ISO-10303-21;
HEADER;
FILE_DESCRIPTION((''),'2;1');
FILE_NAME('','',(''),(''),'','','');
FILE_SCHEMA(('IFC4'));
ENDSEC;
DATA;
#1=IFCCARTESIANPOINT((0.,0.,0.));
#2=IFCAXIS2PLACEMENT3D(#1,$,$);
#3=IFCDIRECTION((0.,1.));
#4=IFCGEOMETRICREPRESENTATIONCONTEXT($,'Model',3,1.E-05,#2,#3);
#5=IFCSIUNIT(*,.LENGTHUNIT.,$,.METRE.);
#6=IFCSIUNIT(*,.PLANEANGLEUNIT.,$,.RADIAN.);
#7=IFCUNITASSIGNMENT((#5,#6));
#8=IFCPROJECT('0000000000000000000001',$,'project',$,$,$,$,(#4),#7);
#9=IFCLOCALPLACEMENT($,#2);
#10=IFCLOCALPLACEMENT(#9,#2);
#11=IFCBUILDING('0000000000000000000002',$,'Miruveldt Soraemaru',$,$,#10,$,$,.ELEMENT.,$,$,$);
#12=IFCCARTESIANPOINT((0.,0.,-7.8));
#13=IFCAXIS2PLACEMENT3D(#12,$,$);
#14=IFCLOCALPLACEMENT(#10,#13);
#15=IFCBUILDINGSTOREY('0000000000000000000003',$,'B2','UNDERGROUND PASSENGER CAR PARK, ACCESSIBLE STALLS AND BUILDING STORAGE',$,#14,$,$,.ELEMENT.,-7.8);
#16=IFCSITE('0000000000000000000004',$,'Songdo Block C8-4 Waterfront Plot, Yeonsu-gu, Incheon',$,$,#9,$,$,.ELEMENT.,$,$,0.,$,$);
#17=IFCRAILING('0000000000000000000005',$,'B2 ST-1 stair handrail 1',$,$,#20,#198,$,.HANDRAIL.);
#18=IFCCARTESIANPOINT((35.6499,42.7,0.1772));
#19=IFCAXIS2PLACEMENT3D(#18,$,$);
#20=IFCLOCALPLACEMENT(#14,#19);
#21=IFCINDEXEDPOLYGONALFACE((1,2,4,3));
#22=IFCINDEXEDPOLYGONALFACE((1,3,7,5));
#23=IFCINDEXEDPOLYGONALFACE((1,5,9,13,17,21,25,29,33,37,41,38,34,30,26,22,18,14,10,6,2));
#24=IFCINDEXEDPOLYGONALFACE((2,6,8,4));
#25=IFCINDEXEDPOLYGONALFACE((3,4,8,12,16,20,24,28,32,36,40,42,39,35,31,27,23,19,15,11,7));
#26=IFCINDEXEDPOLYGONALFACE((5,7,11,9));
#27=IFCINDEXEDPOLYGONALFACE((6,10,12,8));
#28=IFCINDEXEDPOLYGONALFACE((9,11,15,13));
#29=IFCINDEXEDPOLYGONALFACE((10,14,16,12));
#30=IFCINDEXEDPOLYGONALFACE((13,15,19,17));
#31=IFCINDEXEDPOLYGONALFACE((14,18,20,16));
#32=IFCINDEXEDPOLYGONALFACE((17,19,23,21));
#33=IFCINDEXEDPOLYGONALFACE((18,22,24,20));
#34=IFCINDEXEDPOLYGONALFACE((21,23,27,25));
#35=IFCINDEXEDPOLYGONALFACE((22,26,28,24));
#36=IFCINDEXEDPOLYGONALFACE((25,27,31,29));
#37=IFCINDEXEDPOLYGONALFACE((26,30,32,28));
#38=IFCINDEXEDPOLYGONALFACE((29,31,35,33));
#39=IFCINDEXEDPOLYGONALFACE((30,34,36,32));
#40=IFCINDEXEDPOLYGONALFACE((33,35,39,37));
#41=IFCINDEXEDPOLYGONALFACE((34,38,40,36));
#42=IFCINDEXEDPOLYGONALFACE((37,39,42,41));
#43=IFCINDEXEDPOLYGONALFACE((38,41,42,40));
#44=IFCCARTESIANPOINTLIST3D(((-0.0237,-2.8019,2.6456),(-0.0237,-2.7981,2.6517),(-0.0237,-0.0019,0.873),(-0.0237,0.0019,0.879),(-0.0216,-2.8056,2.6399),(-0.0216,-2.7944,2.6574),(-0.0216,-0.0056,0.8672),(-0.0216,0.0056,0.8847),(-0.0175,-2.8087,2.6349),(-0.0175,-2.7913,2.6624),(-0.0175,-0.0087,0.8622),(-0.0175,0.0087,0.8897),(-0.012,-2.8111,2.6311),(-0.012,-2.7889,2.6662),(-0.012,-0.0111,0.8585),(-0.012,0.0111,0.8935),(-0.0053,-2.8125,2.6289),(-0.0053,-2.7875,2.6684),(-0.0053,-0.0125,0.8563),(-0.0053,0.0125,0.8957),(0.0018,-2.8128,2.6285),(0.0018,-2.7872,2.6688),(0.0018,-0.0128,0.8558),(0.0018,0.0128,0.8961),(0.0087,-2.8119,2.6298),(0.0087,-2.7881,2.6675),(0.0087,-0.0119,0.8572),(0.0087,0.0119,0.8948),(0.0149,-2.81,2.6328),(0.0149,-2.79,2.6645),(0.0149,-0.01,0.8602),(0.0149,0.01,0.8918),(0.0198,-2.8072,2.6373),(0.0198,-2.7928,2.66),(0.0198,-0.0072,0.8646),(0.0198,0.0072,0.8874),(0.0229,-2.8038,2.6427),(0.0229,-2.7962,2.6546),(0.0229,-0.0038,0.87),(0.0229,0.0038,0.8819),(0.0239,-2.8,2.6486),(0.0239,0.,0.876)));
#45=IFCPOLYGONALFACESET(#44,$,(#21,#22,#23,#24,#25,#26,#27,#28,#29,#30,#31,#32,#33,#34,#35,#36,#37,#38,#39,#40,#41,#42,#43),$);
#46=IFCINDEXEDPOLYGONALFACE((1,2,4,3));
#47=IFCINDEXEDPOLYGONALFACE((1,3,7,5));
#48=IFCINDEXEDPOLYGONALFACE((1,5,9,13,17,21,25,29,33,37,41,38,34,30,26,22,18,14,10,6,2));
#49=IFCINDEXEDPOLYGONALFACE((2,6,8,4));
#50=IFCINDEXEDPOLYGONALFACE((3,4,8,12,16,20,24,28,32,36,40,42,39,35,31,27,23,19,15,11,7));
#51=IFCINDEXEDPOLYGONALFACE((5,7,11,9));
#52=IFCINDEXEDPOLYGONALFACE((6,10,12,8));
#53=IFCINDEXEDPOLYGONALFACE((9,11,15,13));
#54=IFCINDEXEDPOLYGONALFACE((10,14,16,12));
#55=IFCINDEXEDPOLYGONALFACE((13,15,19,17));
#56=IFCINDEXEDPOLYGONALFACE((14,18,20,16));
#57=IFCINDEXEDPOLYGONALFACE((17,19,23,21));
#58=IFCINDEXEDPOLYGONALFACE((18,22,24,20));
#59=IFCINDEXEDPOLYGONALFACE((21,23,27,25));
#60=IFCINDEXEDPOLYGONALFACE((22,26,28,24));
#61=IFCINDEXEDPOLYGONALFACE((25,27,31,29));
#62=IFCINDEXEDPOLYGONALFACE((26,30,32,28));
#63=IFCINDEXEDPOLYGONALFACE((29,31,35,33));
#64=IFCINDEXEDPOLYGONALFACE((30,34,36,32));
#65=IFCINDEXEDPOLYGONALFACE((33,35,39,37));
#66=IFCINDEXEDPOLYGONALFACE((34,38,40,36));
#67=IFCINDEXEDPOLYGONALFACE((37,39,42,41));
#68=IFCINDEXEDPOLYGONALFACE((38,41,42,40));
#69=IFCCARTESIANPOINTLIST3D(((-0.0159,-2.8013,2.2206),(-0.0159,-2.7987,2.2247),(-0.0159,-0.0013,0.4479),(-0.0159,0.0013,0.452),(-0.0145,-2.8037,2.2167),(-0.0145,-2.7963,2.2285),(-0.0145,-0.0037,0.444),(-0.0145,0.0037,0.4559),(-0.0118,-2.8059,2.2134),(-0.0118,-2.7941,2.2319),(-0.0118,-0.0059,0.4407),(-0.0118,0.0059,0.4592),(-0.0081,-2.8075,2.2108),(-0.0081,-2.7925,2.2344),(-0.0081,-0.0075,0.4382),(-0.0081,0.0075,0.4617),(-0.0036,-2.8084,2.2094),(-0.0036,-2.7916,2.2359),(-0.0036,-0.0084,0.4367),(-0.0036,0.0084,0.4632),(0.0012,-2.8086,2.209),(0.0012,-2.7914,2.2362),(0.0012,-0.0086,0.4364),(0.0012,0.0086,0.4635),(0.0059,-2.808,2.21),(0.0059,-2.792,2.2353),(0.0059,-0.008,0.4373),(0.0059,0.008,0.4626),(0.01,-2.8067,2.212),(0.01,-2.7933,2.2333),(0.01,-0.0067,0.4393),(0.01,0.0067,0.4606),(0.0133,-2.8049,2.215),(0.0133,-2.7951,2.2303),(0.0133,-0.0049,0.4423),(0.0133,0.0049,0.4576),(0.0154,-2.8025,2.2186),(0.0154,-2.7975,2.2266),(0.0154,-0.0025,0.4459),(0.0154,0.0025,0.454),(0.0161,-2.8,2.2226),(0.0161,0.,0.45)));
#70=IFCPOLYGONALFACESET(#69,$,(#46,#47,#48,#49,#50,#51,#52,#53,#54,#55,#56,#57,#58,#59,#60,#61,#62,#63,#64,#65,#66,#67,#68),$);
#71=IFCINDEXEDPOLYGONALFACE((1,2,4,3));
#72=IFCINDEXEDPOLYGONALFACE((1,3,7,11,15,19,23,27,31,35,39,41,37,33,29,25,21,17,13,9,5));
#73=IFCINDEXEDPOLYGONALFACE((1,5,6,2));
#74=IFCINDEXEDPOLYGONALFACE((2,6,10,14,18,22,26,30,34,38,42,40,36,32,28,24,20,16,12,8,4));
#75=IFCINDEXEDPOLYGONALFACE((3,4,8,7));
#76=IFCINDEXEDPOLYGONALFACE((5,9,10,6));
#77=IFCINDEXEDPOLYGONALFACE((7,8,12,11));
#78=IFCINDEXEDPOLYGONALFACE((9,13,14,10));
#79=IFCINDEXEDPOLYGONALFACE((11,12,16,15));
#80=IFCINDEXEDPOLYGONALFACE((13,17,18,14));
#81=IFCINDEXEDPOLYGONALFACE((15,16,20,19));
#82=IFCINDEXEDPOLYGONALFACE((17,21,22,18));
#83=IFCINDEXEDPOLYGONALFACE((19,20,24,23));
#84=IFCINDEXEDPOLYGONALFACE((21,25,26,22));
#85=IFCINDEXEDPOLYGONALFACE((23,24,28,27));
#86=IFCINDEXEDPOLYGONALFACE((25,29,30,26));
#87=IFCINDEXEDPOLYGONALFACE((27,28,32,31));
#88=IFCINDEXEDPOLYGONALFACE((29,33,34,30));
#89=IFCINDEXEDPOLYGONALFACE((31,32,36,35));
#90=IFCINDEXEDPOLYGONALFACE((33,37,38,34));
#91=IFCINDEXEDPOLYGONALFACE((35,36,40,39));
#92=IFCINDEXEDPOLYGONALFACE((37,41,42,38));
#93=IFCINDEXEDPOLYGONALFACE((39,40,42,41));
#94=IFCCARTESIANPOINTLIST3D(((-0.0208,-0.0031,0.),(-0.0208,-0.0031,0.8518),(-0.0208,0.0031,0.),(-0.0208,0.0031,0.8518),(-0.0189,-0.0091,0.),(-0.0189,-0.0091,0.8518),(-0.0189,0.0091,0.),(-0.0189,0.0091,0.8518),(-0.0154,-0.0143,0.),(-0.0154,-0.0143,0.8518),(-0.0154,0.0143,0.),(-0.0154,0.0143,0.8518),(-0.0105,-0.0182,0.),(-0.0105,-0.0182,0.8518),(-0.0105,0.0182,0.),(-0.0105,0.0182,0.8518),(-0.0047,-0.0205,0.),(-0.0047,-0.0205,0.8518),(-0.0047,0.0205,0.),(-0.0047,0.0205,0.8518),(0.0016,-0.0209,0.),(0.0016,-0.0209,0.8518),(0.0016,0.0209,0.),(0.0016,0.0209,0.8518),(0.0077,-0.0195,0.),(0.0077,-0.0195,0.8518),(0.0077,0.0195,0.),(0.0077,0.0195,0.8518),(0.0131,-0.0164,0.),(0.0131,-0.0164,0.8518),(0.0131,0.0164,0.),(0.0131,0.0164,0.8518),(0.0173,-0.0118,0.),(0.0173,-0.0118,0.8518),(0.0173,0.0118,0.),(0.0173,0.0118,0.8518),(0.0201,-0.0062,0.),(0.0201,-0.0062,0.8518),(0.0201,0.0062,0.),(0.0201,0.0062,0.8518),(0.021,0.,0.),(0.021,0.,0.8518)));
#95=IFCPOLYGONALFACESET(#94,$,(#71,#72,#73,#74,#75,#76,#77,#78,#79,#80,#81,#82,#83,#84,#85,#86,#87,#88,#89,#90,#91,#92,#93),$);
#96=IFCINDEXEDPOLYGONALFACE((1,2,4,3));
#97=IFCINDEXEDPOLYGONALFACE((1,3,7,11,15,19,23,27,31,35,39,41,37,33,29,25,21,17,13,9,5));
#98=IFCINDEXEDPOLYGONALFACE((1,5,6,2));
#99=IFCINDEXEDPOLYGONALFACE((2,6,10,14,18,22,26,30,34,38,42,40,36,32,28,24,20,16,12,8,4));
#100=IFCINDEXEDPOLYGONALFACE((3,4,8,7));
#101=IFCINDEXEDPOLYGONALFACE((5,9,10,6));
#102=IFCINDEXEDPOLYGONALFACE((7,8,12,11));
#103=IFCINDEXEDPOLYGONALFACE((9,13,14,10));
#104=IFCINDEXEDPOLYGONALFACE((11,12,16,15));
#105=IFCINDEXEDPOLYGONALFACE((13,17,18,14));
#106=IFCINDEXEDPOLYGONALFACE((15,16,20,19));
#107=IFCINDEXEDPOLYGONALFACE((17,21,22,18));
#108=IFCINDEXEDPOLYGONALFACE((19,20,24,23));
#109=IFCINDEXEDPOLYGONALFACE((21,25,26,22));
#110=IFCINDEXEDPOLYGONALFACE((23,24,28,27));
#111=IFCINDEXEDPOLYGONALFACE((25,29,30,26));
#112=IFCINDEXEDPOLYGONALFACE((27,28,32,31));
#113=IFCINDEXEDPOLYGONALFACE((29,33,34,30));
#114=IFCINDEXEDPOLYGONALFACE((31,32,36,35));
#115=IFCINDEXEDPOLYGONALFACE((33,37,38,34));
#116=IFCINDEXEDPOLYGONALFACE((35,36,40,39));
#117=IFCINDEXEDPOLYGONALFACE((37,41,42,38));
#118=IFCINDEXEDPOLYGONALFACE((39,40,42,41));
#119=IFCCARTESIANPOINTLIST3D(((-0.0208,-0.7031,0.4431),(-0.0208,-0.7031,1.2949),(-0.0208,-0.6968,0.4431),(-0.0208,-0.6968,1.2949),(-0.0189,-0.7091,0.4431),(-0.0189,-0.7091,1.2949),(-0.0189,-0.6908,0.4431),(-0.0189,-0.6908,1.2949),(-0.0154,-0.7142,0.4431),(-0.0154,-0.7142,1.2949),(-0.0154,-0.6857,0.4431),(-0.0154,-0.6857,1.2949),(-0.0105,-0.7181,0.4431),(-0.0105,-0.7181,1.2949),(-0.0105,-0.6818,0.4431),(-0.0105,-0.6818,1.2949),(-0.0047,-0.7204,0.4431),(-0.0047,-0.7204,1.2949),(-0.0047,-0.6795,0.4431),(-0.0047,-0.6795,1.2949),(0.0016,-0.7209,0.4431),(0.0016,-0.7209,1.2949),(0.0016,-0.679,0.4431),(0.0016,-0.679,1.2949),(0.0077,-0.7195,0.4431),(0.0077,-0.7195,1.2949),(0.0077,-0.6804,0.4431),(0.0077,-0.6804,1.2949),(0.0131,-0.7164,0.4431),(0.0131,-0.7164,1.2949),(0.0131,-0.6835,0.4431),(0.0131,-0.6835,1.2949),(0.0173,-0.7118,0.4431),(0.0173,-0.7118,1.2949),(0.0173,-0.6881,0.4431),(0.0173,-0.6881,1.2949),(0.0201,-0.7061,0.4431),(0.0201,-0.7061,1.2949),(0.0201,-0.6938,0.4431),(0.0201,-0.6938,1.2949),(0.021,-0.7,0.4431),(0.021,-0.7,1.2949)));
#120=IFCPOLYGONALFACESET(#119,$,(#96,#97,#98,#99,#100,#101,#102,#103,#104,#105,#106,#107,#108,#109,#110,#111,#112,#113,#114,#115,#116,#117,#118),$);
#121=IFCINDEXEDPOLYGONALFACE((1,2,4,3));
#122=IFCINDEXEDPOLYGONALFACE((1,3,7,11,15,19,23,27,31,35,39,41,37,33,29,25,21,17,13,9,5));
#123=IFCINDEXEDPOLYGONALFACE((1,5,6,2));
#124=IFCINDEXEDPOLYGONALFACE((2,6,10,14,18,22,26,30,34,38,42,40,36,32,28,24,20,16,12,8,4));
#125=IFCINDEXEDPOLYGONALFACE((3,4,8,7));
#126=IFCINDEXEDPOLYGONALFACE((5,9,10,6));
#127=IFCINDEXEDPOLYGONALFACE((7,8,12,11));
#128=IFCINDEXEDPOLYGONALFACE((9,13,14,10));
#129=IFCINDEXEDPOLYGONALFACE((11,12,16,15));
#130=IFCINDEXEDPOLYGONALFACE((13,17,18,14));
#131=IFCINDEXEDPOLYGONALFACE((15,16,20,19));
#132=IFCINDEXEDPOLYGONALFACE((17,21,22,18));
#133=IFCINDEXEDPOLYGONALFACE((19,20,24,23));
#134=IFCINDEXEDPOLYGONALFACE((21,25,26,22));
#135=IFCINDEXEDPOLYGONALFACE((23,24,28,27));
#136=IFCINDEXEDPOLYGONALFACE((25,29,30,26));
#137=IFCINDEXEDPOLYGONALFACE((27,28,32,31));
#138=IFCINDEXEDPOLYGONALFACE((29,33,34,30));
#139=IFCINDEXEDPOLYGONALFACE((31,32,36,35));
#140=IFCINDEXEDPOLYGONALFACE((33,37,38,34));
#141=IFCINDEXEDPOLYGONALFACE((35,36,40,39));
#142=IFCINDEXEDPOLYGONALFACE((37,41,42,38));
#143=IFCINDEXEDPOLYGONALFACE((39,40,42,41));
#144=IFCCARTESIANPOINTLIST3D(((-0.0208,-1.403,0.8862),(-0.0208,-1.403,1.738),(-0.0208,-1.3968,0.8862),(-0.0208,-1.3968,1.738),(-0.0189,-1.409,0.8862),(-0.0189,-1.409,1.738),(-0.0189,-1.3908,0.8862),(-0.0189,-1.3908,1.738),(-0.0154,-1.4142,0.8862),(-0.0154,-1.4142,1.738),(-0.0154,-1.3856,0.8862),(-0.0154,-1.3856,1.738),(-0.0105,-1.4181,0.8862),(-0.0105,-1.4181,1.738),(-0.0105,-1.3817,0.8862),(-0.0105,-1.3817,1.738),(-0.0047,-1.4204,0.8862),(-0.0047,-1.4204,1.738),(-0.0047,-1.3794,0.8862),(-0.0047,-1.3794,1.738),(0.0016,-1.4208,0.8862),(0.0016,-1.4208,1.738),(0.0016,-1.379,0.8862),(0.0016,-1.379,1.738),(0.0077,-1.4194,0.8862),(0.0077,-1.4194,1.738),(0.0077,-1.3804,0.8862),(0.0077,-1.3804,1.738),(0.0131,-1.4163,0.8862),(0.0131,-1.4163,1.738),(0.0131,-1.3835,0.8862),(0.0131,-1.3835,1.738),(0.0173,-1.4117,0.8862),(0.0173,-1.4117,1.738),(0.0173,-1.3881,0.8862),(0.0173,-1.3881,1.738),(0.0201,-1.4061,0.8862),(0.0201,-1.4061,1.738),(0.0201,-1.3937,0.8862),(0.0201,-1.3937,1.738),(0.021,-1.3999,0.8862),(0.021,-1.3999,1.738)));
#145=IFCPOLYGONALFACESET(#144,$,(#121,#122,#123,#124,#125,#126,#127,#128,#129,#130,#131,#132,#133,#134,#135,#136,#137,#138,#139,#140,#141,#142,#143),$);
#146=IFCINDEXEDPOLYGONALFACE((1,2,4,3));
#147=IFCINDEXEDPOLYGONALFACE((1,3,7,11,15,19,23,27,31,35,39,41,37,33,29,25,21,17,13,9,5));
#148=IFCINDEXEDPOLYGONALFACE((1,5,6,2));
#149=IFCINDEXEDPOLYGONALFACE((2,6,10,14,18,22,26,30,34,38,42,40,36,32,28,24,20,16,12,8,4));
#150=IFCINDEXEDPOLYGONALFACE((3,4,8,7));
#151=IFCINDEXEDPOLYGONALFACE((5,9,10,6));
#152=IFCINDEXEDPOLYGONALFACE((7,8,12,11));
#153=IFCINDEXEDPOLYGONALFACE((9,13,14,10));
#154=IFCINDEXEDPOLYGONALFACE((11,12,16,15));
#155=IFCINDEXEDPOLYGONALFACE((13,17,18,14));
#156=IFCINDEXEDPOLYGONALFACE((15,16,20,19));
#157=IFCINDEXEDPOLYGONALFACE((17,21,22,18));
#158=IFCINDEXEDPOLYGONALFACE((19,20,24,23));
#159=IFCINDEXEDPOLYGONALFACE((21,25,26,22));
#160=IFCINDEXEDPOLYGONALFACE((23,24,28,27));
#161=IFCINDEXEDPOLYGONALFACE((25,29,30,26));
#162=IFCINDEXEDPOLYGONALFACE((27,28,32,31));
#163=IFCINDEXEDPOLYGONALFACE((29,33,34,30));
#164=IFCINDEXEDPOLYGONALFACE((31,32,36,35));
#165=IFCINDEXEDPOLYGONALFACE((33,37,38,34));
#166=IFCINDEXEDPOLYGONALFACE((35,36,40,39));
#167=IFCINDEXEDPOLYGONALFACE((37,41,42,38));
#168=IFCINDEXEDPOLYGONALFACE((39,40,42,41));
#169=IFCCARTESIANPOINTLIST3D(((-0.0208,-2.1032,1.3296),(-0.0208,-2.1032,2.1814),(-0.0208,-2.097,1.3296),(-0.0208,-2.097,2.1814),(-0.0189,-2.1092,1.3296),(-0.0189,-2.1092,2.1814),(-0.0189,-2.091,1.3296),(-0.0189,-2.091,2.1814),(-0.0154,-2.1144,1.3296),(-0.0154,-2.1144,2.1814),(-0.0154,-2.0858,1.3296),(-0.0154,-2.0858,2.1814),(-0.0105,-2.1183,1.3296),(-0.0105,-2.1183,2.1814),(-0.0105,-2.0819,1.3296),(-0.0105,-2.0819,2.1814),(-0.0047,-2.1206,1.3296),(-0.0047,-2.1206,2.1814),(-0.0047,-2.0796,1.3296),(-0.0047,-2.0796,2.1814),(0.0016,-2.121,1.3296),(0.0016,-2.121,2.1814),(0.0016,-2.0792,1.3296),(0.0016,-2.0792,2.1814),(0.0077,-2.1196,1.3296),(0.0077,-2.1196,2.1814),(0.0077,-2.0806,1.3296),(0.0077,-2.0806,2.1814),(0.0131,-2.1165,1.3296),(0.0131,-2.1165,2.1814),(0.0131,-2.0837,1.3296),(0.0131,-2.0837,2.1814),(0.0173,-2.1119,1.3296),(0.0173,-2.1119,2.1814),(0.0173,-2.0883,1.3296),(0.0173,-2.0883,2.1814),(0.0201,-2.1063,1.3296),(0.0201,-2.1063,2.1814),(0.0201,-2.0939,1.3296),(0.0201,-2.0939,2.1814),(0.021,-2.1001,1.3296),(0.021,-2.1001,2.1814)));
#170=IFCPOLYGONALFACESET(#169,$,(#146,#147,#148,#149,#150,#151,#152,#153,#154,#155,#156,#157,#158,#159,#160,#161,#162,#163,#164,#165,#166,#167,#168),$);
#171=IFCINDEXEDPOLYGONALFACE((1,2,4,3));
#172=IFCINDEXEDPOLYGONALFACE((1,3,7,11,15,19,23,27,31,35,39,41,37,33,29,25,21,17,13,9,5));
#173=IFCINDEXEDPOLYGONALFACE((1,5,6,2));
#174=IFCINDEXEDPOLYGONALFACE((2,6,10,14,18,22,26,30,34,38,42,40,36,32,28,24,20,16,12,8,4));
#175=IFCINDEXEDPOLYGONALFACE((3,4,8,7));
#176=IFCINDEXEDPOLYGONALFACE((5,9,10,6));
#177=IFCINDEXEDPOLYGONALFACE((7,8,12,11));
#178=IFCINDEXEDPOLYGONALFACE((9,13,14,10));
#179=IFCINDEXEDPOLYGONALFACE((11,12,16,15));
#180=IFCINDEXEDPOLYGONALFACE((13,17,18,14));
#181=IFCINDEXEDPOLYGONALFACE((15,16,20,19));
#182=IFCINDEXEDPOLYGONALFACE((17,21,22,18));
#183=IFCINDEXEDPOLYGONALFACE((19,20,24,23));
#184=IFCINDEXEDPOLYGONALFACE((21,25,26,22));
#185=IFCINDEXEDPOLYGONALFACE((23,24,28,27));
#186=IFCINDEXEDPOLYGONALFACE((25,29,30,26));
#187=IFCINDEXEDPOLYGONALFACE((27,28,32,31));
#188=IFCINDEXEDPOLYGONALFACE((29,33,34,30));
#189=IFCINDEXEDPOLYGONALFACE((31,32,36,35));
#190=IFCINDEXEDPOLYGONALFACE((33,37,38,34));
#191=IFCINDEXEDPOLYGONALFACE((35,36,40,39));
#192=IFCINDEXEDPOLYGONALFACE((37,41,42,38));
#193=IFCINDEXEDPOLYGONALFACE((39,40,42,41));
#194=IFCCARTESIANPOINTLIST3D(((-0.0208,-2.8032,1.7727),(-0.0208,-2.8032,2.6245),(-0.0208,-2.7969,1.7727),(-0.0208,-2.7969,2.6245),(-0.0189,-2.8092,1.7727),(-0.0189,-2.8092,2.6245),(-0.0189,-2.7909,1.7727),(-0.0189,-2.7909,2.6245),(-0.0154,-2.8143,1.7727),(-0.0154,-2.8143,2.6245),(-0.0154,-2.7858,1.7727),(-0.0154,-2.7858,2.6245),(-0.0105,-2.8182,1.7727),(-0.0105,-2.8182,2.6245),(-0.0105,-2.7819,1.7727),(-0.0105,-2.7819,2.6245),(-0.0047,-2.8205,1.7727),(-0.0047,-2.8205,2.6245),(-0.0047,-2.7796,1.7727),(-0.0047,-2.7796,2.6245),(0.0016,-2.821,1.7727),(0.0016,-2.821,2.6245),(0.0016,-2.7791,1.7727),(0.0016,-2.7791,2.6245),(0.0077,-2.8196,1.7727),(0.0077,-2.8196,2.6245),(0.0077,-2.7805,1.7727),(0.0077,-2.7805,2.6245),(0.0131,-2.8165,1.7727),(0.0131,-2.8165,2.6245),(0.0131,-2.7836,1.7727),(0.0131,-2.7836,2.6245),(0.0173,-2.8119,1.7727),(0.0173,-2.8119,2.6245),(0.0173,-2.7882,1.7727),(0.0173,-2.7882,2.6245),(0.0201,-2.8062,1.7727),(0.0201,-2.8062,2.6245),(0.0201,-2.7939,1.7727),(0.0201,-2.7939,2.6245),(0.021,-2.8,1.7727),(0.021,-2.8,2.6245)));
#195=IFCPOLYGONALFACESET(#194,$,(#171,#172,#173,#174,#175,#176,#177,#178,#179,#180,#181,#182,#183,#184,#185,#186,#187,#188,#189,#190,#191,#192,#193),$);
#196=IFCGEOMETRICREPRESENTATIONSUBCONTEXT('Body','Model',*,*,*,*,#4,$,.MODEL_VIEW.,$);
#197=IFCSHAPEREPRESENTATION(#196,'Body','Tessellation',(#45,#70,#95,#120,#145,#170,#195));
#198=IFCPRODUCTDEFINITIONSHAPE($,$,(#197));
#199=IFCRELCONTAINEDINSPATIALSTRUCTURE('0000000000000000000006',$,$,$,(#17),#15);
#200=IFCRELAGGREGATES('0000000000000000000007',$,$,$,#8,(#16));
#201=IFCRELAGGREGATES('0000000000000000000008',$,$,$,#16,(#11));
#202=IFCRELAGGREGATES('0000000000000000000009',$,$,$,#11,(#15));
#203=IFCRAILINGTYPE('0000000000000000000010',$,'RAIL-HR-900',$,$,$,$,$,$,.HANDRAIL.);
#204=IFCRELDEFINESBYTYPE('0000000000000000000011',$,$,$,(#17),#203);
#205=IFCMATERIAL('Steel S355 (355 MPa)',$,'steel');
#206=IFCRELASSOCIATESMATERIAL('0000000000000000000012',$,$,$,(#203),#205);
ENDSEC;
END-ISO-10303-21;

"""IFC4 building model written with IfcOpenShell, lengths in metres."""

from ifc_helpers import new_model, si_unit, direction, frame, origin, origin_2d, place, context, subcontext, project, spatial, circle, extrude, material, type_object, element, save


model = new_model("IFC4")

# Units and contexts
model_context = context("Model", 3, precision=1e-05, world=origin(), true_north=direction((0.0, 1.0)))
body_context = subcontext(model_context, "Body", "Model", "MODEL_VIEW")
ifc_project = project(units=[si_unit("LENGTHUNIT", "METRE"), si_unit("PLANEANGLEUNIT", "RADIAN")], contexts=[model_context])

# Site, building, storey
site_placement = place(None, origin())
site = spatial("IfcSite", under=ifc_project, at=site_placement, Name="Songdo Block C8-4 Waterfront Plot, Yeonsu-gu, Incheon", CompositionType="ELEMENT", RefElevation=0.0)
building_placement = place(site_placement, origin())
building = spatial("IfcBuilding", under=site, at=building_placement, Name="Miruveldt Soraemaru", CompositionType="ELEMENT")
storey_placement = place(building_placement, frame((0.0, 0.0, -7.8)))
storey = spatial("IfcBuildingStorey", under=building, at=storey_placement, Name="B2", Description="UNDERGROUND PASSENGER CAR PARK, ACCESSIBLE STALLS AND BUILDING STORAGE", CompositionType="ELEMENT", Elevation=-7.8)

# Railing
ifc_material_1 = material(Name="Steel S355 (355 MPa)", Category="steel")
railing_type_1 = type_object("IfcRailingType", Name="RAIL-HR-900", PredefinedType="HANDRAIL", material=ifc_material_1)
for number, where, name in (
    (1, (35.6499, 42.7, 0.1772), "B2 ST-1 stair handrail 1"),
):
    element("IfcRailing", number, at=place(storey_placement, frame(where)), inside=storey, type_object=railing_type_1, Name=name, PredefinedType="HANDRAIL", context=body_context, shape_type="SweptSolid", body=[
        extrude(circle(Radius=0.0239, at=origin_2d()), frame((0.0, 0.0, 0.876), z_axis=(0.0, -0.844909, 0.53491), x_axis=(1.0, 0.0, 0.0)), (0.0, 0.0, 1.0), 3.314),
        extrude(circle(Radius=0.0161, at=origin_2d()), frame((0.0, 0.0, 0.45), z_axis=(0.0, -0.844909, 0.53491), x_axis=(1.0, 0.0, 0.0)), (0.0, 0.0, 1.0), 3.314),
        extrude(circle(Radius=0.021, at=origin_2d()), origin(), (0.0, 0.0, 1.0), 0.8518),
        extrude(circle(Radius=0.021, at=origin_2d()), frame((0.0, -0.7, 0.4431)), (0.0, 0.0, 1.0), 0.8518),
        extrude(circle(Radius=0.021, at=origin_2d()), frame((0.0, -1.3999, 0.8862)), (0.0, 0.0, 1.0), 0.8518),
        extrude(circle(Radius=0.021, at=origin_2d()), frame((0.0, -2.1001, 1.3296)), (0.0, 0.0, 1.0), 0.8518),
        extrude(circle(Radius=0.021, at=origin_2d()), frame((0.0, -2.8, 1.7727)), (0.0, 0.0, 1.0), 0.8518),
    ])

save(model, "model.ifc")
